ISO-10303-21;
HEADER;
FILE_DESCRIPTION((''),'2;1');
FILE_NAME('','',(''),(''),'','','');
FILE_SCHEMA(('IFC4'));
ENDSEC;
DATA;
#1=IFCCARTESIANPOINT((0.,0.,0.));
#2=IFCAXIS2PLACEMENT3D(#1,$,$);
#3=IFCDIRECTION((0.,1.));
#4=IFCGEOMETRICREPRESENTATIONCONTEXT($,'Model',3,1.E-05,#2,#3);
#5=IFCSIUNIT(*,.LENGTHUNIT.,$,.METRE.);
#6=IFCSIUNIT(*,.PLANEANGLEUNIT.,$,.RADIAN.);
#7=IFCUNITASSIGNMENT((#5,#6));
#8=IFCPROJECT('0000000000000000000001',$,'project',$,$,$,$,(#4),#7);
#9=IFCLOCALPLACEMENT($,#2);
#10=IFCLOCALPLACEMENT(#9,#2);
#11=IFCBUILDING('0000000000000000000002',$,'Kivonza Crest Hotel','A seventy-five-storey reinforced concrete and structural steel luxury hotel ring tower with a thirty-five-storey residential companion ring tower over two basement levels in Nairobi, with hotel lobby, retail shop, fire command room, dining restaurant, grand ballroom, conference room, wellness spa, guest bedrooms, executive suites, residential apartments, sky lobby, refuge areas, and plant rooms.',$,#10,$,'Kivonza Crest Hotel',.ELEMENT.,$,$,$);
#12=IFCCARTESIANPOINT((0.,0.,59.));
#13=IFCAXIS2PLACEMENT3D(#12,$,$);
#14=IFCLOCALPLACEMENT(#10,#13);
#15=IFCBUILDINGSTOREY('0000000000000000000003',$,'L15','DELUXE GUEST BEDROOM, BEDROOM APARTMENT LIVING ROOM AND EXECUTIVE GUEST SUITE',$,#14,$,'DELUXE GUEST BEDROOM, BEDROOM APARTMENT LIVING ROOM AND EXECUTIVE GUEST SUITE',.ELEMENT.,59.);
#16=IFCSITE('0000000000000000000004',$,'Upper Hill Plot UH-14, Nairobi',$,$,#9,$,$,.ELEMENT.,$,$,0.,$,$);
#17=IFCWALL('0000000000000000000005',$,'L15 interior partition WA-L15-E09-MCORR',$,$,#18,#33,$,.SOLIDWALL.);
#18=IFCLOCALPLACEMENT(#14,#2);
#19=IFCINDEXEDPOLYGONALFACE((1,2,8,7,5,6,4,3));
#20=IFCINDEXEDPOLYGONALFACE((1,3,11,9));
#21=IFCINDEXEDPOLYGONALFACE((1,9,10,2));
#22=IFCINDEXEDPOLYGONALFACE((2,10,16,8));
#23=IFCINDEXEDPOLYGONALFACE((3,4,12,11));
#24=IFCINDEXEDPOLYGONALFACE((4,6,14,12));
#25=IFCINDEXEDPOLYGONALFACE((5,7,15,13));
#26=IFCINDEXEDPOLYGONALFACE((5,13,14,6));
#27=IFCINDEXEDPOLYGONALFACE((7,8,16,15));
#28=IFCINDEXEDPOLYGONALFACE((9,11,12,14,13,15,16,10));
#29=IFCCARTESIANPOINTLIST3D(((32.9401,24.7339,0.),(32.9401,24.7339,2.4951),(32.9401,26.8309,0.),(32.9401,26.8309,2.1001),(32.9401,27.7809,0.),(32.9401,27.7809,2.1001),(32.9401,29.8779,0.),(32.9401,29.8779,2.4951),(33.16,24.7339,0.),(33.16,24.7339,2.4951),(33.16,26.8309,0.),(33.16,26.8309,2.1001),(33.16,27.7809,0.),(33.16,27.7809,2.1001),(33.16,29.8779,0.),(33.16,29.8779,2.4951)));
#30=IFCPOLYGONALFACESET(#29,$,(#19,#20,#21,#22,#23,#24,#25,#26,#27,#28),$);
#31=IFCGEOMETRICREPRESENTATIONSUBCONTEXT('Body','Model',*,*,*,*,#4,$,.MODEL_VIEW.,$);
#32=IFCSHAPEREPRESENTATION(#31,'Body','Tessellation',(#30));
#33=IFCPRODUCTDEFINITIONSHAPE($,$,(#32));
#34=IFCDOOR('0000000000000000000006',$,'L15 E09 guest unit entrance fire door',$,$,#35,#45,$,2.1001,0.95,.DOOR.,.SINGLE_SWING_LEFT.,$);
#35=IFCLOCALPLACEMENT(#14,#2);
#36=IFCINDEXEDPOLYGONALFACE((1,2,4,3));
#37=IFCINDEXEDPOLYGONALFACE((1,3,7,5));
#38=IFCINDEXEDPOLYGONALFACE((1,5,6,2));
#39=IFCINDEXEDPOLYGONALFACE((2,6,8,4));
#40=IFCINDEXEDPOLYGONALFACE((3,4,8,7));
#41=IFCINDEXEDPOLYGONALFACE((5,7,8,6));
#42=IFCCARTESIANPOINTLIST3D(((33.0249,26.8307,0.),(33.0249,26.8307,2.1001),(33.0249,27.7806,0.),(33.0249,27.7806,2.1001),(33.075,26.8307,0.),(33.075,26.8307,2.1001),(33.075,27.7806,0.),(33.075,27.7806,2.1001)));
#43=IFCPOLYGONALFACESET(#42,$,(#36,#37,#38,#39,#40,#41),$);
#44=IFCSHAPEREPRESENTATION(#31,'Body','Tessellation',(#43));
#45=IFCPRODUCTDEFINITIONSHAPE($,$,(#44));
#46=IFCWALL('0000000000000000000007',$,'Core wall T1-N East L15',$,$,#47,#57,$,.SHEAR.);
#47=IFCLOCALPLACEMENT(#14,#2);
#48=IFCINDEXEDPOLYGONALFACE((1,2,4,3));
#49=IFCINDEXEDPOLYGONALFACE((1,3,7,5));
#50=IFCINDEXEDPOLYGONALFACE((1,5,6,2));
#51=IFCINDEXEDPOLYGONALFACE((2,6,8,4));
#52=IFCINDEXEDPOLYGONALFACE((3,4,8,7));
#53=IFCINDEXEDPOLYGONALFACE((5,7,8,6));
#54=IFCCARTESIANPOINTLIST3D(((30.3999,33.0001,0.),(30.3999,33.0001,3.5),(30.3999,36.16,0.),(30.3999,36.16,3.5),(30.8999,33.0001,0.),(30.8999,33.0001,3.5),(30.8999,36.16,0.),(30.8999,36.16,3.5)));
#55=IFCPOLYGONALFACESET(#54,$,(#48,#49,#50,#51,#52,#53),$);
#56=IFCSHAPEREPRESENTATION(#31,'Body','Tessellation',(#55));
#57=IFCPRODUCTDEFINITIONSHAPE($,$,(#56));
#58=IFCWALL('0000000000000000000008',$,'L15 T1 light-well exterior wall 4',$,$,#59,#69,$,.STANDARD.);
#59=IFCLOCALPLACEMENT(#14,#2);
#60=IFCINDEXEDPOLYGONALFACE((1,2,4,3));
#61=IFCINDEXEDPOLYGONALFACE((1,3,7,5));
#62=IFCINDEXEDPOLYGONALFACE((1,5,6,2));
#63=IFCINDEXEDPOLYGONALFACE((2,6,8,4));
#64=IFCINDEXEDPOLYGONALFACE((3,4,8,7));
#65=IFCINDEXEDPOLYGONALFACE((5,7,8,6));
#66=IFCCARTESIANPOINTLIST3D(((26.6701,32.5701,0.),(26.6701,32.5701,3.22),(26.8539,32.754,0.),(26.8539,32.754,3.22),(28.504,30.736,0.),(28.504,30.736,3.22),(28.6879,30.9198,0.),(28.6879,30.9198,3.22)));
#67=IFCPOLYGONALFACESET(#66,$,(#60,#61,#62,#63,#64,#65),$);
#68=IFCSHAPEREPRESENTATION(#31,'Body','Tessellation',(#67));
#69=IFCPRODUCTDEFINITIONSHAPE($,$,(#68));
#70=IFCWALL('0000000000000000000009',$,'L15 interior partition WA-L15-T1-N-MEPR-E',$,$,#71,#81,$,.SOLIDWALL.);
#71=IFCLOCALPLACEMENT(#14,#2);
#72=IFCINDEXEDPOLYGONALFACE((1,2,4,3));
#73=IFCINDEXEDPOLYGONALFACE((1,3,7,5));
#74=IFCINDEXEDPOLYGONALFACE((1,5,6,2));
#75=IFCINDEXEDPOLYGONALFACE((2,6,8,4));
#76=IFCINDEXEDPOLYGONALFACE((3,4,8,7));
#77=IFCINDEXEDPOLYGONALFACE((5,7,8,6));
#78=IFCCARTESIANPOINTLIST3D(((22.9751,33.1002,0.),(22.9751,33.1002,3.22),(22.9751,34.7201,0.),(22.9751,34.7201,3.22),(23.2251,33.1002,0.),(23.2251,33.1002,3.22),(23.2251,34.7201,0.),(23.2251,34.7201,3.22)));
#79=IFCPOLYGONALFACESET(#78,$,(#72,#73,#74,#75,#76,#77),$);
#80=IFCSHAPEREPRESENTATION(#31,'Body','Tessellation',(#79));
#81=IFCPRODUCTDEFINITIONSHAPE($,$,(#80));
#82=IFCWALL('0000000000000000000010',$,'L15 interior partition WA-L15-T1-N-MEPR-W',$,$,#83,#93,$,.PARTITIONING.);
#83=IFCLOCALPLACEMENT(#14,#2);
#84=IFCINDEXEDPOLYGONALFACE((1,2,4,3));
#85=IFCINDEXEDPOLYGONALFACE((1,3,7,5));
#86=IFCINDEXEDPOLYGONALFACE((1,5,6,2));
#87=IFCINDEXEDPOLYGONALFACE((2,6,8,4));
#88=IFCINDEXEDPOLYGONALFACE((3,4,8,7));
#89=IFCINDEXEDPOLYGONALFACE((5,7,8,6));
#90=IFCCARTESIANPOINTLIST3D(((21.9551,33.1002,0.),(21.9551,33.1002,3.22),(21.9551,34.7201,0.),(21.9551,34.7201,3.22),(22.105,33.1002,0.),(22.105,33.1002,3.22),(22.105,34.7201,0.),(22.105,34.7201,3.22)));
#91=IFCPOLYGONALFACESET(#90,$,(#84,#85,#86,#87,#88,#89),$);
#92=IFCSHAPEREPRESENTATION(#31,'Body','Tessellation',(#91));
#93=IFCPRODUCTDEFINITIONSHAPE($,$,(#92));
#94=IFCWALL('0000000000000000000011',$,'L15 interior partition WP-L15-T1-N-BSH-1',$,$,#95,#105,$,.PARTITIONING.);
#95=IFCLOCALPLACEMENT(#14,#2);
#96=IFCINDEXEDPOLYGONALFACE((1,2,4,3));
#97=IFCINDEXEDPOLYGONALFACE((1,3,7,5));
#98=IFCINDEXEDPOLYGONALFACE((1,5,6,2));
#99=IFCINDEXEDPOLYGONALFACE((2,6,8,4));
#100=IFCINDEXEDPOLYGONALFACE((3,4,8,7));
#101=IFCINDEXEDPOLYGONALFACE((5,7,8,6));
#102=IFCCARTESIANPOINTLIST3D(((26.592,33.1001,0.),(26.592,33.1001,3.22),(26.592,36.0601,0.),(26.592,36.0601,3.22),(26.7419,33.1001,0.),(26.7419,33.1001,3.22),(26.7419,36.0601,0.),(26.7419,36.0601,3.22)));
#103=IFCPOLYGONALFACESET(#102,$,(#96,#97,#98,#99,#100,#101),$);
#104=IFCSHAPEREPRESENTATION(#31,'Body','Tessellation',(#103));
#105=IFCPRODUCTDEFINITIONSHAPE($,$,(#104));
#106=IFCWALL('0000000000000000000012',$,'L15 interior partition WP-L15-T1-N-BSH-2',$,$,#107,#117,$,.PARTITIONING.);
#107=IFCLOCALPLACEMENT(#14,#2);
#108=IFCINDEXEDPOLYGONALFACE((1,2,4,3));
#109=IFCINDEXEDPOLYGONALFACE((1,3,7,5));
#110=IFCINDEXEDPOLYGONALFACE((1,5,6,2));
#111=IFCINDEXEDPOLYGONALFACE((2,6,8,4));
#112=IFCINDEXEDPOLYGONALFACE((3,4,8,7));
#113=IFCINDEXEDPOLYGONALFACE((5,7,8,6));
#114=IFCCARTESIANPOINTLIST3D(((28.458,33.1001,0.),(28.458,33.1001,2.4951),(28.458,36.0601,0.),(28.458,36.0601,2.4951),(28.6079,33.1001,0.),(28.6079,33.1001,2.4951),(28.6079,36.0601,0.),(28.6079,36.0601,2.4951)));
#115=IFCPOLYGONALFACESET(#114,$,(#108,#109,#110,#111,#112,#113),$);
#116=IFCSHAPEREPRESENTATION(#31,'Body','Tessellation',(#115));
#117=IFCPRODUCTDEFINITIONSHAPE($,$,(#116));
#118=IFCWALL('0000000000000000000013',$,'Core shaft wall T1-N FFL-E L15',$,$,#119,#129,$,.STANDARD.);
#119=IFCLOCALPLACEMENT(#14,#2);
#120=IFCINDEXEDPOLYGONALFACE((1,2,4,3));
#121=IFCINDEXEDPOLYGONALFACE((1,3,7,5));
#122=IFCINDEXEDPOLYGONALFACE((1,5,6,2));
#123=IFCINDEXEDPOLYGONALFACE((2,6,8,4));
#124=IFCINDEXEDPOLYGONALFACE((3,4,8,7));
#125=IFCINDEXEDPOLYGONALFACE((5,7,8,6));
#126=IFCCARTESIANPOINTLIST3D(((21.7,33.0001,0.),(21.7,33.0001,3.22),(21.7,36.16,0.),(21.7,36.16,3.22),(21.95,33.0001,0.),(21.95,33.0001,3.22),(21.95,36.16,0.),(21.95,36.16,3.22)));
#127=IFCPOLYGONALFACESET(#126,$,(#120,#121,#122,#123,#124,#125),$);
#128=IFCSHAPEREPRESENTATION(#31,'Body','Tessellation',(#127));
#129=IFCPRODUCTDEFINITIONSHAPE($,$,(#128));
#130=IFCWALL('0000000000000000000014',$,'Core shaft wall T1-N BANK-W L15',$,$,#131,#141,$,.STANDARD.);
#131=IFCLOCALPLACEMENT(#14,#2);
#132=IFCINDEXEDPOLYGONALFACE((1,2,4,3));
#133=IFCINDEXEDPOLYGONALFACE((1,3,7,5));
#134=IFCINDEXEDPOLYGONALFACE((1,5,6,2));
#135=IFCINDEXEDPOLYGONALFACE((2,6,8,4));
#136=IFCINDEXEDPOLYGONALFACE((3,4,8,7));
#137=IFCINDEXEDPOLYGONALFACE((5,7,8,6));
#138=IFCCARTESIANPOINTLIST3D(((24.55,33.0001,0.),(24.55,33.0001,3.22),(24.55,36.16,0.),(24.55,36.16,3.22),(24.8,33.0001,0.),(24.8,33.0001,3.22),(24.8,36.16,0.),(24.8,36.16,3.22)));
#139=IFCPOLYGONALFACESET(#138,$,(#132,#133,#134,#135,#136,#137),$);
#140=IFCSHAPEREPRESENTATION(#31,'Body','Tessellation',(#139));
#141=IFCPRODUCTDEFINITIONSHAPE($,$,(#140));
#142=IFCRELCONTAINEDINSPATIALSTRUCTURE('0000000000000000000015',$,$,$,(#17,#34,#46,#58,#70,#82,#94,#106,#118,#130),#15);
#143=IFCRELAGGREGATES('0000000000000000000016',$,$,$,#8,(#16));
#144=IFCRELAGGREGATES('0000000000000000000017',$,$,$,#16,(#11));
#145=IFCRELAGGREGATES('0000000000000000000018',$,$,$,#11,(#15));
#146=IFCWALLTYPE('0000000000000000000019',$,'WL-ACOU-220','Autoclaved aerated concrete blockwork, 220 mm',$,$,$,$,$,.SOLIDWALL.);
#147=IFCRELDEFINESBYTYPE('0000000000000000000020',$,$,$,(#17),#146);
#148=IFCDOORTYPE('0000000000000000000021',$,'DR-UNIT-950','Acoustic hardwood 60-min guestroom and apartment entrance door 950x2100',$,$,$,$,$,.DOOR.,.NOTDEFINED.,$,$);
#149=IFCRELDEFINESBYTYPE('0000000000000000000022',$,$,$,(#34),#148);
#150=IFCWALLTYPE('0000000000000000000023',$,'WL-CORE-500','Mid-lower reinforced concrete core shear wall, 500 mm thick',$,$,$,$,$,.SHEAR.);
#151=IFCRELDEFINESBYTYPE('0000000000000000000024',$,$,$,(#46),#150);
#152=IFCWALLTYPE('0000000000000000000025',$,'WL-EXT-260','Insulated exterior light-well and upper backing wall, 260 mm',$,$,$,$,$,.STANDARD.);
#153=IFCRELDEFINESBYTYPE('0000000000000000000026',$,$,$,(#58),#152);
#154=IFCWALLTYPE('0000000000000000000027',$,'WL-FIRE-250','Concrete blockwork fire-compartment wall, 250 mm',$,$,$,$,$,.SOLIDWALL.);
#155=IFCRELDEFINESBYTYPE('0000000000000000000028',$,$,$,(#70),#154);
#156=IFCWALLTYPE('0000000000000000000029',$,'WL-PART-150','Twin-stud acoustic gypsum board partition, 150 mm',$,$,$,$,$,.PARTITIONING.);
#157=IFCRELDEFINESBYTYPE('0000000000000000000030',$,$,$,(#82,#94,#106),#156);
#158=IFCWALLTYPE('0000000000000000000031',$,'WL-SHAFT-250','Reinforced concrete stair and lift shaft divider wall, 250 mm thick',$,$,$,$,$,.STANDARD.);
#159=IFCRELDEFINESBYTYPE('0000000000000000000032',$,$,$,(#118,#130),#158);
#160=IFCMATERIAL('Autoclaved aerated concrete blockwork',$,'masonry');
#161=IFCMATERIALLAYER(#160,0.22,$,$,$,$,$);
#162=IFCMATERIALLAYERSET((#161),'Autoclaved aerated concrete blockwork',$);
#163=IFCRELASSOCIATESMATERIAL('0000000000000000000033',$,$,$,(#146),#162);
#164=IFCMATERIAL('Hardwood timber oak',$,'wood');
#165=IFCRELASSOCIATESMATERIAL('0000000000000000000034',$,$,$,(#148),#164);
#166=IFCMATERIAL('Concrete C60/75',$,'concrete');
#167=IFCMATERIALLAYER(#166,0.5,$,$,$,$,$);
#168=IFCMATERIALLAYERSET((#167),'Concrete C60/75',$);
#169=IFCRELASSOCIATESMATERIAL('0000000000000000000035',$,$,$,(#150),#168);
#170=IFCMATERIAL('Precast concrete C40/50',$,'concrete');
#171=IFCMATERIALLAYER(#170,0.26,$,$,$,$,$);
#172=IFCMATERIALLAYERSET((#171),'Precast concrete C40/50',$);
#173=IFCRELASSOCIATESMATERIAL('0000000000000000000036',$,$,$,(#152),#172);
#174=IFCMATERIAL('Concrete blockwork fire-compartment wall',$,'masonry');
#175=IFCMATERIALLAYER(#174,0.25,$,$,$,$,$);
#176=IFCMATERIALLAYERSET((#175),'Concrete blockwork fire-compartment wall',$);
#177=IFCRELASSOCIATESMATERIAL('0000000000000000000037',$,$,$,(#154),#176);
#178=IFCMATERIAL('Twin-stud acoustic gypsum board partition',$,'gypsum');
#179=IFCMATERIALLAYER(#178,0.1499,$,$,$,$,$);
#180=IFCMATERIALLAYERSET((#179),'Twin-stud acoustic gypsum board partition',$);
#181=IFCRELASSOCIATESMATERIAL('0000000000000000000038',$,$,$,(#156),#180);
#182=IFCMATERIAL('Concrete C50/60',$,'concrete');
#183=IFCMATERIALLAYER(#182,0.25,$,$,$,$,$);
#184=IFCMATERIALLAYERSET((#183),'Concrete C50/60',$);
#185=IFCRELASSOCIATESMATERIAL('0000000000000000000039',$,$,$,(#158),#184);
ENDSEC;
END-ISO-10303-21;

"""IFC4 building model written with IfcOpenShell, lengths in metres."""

from ifc_helpers import new_model, si_unit, direction, frame, frame_2d, origin, place, context, subcontext, project, spatial, rectangle, extrude, material, layer, layer_set, type_object, element, fill, save


model = new_model("IFC4")

# Units and contexts
model_context = context("Model", 3, precision=1e-05, world=origin(), true_north=direction((0.0, 1.0)))
body_context = subcontext(model_context, "Body", "Model", "MODEL_VIEW")
ifc_project = project(units=[si_unit("LENGTHUNIT", "METRE"), si_unit("PLANEANGLEUNIT", "RADIAN")], contexts=[model_context])

# Site, building, storey
site_placement = place(None, origin())
site = spatial("IfcSite", under=ifc_project, at=site_placement, Name="Upper Hill Plot UH-14, Nairobi", CompositionType="ELEMENT", RefElevation=0.0)
building_placement = place(site_placement, origin())
building = spatial("IfcBuilding", under=site, at=building_placement, Name="Kivonza Crest Hotel", Description="A seventy-five-storey reinforced concrete and structural steel luxury hotel ring tower with a thirty-five-storey residential companion ring tower over two basement levels in Nairobi, with hotel lobby, retail shop, fire command room, dining restaurant, grand ballroom, conference room, wellness spa, guest bedrooms, executive suites, residential apartments, sky lobby, refuge areas, and plant rooms.", LongName="Kivonza Crest Hotel", CompositionType="ELEMENT")
storey_placement = place(building_placement, frame((0.0, 0.0, 59.0)))
storey = spatial("IfcBuildingStorey", under=building, at=storey_placement, Name="L15", Description="DELUXE GUEST BEDROOM, BEDROOM APARTMENT LIVING ROOM AND EXECUTIVE GUEST SUITE", LongName="DELUXE GUEST BEDROOM, BEDROOM APARTMENT LIVING ROOM AND EXECUTIVE GUEST SUITE", CompositionType="ELEMENT", Elevation=59.0)

# Shared definitions
ifc_material_1 = material(Name="Concrete C60/75", Category="concrete")

# Wall, opening, door
ifc_material_2 = material(Name="Autoclaved aerated concrete blockwork", Category="masonry")
ifc_layer_1 = layer(ifc_material_2, 0.22)
ifc_layer_set_1 = layer_set([ifc_layer_1], Name="Autoclaved aerated concrete blockwork")
wall_type_1 = type_object("IfcWallType", Name="WL-ACOU-220", Description="Autoclaved aerated concrete blockwork, 220 mm", PredefinedType="SOLIDWALL", material=ifc_layer_set_1)
wall_1_placement = place(storey_placement, frame((33.05, 24.7339, 0.0), z_axis=(0.0, 0.0, 1.0), x_axis=(0.0, 1.0, 0.0)))
wall_1 = element("IfcWall", 1, at=wall_1_placement, inside=storey, type_object=wall_type_1, Name="L15 interior partition WA-L15-E09-MCORR", PredefinedType="SOLIDWALL", context=body_context, shape_type="SweptSolid", body=[
    extrude(rectangle(XDim=5.144, YDim=0.22, at=frame_2d((2.572, 0.0))), origin(), (0.0, 0.0, 1.0), 2.4951),
])
opening_1_placement = place(wall_1_placement, frame((2.0969, 0.0, 0.0)))
opening_1 = element("IfcOpeningElement", 2, at=opening_1_placement, cuts=wall_1, PredefinedType="OPENING", context=body_context, shape_type="SweptSolid", body=[
    extrude(rectangle(XDim=0.95, YDim=2.1001, at=frame_2d((0.4751, 1.05))), frame((0.0, 0.1201, 0.0), z_axis=(0.0, -1.0, 0.0), x_axis=(1.0, 0.0, 0.0)), (0.0, 0.0, 1.0), 0.24),
])
ifc_material_3 = material(Name="Hardwood timber oak", Category="wood")
door_type_1 = type_object("IfcDoorType", Name="DR-UNIT-950", Description="Acoustic hardwood 60-min guestroom and apartment entrance door 950x2100", OperationType="NOTDEFINED", PredefinedType="DOOR", material=ifc_material_3)
door_1_placement = place(opening_1_placement, frame((0.95, 0.0, 0.0), z_axis=(0.0, 0.0, 1.0), x_axis=(-1.0, 0.0, 0.0)))
door_1 = element("IfcDoor", 3, at=door_1_placement, inside=storey, type_object=door_type_1, Name="L15 E09 guest unit entrance fire door", OperationType="SINGLE_SWING_LEFT", OverallHeight=2.1001, OverallWidth=0.95, PredefinedType="DOOR", context=body_context, shape_type="SweptSolid", body=[
    extrude(rectangle(XDim=0.95, YDim=2.1001, at=frame_2d((0.4751, 1.05))), frame((0.0, 0.0249, 0.0), z_axis=(0.0, -1.0, 0.0), x_axis=(1.0, 0.0, 0.0)), (0.0, 0.0, 1.0), 0.05),
])
fill(opening_1, door_1)

# Walls
ifc_layer_2 = layer(ifc_material_1, 0.5)
ifc_layer_set_2 = layer_set([ifc_layer_2], Name="Concrete C60/75")
wall_type_2 = type_object("IfcWallType", Name="WL-CORE-500", Description="Mid-lower reinforced concrete core shear wall, 500 mm thick", PredefinedType="SHEAR", material=ifc_layer_set_2)
wall_2_placement = place(storey_placement, frame((30.6499, 33.0, 0.0), z_axis=(0.0, 0.0, 1.0), x_axis=(0.0, 1.0, 0.0)))
element("IfcWall", 4, at=wall_2_placement, inside=storey, type_object=wall_type_2, Name="Core wall T1-N East L15", PredefinedType="SHEAR", context=body_context, shape_type="SweptSolid", body=[
    extrude(rectangle(XDim=3.1599, YDim=0.5, at=frame_2d((1.5801, 0.0))), origin(), (0.0, 0.0, 1.0), 3.5),
])
ifc_material_4 = material(Name="Precast concrete C40/50", Category="concrete")
ifc_layer_3 = layer(ifc_material_4, 0.26)
ifc_layer_set_3 = layer_set([ifc_layer_3], Name="Precast concrete C40/50")
wall_type_3 = type_object("IfcWallType", Name="WL-EXT-260", Description="Insulated exterior light-well and upper backing wall, 260 mm", PredefinedType="STANDARD", material=ifc_layer_set_3)
wall_3_placement = place(storey_placement, frame((28.5959, 30.8279, 0.0), z_axis=(0.0, 0.0, 1.0), x_axis=(-0.70706, 0.707154, 0.0)))
element("IfcWall", 5, at=wall_3_placement, inside=storey, type_object=wall_type_3, Name="L15 T1 light-well exterior wall 4", PredefinedType="STANDARD", context=body_context, shape_type="SweptSolid", body=[
    extrude(rectangle(XDim=2.5938, YDim=0.26, at=frame_2d((1.2969, 0.0))), origin(), (0.0, 0.0, 1.0), 3.22),
])
ifc_material_5 = material(Name="Concrete blockwork fire-compartment wall", Category="masonry")
ifc_layer_4 = layer(ifc_material_5, 0.25)
ifc_layer_set_4 = layer_set([ifc_layer_4], Name="Concrete blockwork fire-compartment wall")
wall_type_4 = type_object("IfcWallType", Name="WL-FIRE-250", Description="Concrete blockwork fire-compartment wall, 250 mm", PredefinedType="SOLIDWALL", material=ifc_layer_set_4)
wall_4_placement = place(storey_placement, frame((23.1001, 33.1001, 0.0), z_axis=(0.0, 0.0, 1.0), x_axis=(0.0, 1.0, 0.0)))
element("IfcWall", 6, at=wall_4_placement, inside=storey, type_object=wall_type_4, Name="L15 interior partition WA-L15-T1-N-MEPR-E", PredefinedType="SOLIDWALL", context=body_context, shape_type="SweptSolid", body=[
    extrude(rectangle(XDim=1.6199, YDim=0.25, at=frame_2d((0.8101, 0.0))), origin(), (0.0, 0.0, 1.0), 3.22),
])
ifc_material_6 = material(Name="Twin-stud acoustic gypsum board partition", Category="gypsum")
ifc_layer_5 = layer(ifc_material_6, 0.1499)
ifc_layer_set_5 = layer_set([ifc_layer_5], Name="Twin-stud acoustic gypsum board partition")
wall_type_5 = type_object("IfcWallType", Name="WL-PART-150", Description="Twin-stud acoustic gypsum board partition, 150 mm", PredefinedType="PARTITIONING", material=ifc_layer_set_5)
wall_5_placement = place(storey_placement, frame((22.03, 33.1001, 0.0), z_axis=(0.0, 0.0, 1.0), x_axis=(0.0, 1.0, 0.0)))
element("IfcWall", 7, at=wall_5_placement, inside=storey, type_object=wall_type_5, Name="L15 interior partition WA-L15-T1-N-MEPR-W", PredefinedType="PARTITIONING", context=body_context, shape_type="SweptSolid", body=[
    extrude(rectangle(XDim=1.6199, YDim=0.1499, at=frame_2d((0.8101, 0.0))), origin(), (0.0, 0.0, 1.0), 3.22),
])
wall_6_placement = place(storey_placement, frame((26.667, 33.1001, 0.0), z_axis=(0.0, 0.0, 1.0), x_axis=(0.0, 1.0, 0.0)))
element("IfcWall", 8, at=wall_6_placement, inside=storey, type_object=wall_type_5, Name="L15 interior partition WP-L15-T1-N-BSH-1", PredefinedType="PARTITIONING", context=body_context, shape_type="SweptSolid", body=[
    extrude(rectangle(XDim=2.96, YDim=0.1499, at=frame_2d((1.48, 0.0))), origin(), (0.0, 0.0, 1.0), 3.22),
])
wall_7_placement = place(storey_placement, frame((28.533, 33.1001, 0.0), z_axis=(0.0, 0.0, 1.0), x_axis=(0.0, 1.0, 0.0)))
element("IfcWall", 9, at=wall_7_placement, inside=storey, type_object=wall_type_5, Name="L15 interior partition WP-L15-T1-N-BSH-2", PredefinedType="PARTITIONING", context=body_context, shape_type="SweptSolid", body=[
    extrude(rectangle(XDim=2.96, YDim=0.1499, at=frame_2d((1.48, 0.0))), origin(), (0.0, 0.0, 1.0), 2.4951),
])

# Shared definitions
ifc_material_7 = material(Name="Concrete C50/60", Category="concrete")
ifc_layer_6 = layer(ifc_material_7, 0.25)
ifc_layer_set_6 = layer_set([ifc_layer_6], Name="Concrete C50/60")
wall_type_6 = type_object("IfcWallType", Name="WL-SHAFT-250", Description="Reinforced concrete stair and lift shaft divider wall, 250 mm thick", PredefinedType="STANDARD", material=ifc_layer_set_6)

# Walls
for number, where, z_axis, x_axis, name in (
    (10, (21.825, 33.0, 0.0), (0.0, 0.0, 1.0), (0.0, 1.0, 0.0), "Core shaft wall T1-N FFL-E L15"),
    (11, (24.675, 33.0, 0.0), (0.0, 0.0, 1.0), (0.0, 1.0, 0.0), "Core shaft wall T1-N BANK-W L15"),
):
    element("IfcWall", number, at=place(storey_placement, frame(where, z_axis=z_axis, x_axis=x_axis)), inside=storey, type_object=wall_type_6, Name=name, PredefinedType="STANDARD", context=body_context, shape_type="SweptSolid", body=[
        extrude(rectangle(XDim=3.1599, YDim=0.25, at=frame_2d((1.5801, 0.0))), origin(), (0.0, 0.0, 1.0), 3.22),
    ])

save(model, "model.ifc")
